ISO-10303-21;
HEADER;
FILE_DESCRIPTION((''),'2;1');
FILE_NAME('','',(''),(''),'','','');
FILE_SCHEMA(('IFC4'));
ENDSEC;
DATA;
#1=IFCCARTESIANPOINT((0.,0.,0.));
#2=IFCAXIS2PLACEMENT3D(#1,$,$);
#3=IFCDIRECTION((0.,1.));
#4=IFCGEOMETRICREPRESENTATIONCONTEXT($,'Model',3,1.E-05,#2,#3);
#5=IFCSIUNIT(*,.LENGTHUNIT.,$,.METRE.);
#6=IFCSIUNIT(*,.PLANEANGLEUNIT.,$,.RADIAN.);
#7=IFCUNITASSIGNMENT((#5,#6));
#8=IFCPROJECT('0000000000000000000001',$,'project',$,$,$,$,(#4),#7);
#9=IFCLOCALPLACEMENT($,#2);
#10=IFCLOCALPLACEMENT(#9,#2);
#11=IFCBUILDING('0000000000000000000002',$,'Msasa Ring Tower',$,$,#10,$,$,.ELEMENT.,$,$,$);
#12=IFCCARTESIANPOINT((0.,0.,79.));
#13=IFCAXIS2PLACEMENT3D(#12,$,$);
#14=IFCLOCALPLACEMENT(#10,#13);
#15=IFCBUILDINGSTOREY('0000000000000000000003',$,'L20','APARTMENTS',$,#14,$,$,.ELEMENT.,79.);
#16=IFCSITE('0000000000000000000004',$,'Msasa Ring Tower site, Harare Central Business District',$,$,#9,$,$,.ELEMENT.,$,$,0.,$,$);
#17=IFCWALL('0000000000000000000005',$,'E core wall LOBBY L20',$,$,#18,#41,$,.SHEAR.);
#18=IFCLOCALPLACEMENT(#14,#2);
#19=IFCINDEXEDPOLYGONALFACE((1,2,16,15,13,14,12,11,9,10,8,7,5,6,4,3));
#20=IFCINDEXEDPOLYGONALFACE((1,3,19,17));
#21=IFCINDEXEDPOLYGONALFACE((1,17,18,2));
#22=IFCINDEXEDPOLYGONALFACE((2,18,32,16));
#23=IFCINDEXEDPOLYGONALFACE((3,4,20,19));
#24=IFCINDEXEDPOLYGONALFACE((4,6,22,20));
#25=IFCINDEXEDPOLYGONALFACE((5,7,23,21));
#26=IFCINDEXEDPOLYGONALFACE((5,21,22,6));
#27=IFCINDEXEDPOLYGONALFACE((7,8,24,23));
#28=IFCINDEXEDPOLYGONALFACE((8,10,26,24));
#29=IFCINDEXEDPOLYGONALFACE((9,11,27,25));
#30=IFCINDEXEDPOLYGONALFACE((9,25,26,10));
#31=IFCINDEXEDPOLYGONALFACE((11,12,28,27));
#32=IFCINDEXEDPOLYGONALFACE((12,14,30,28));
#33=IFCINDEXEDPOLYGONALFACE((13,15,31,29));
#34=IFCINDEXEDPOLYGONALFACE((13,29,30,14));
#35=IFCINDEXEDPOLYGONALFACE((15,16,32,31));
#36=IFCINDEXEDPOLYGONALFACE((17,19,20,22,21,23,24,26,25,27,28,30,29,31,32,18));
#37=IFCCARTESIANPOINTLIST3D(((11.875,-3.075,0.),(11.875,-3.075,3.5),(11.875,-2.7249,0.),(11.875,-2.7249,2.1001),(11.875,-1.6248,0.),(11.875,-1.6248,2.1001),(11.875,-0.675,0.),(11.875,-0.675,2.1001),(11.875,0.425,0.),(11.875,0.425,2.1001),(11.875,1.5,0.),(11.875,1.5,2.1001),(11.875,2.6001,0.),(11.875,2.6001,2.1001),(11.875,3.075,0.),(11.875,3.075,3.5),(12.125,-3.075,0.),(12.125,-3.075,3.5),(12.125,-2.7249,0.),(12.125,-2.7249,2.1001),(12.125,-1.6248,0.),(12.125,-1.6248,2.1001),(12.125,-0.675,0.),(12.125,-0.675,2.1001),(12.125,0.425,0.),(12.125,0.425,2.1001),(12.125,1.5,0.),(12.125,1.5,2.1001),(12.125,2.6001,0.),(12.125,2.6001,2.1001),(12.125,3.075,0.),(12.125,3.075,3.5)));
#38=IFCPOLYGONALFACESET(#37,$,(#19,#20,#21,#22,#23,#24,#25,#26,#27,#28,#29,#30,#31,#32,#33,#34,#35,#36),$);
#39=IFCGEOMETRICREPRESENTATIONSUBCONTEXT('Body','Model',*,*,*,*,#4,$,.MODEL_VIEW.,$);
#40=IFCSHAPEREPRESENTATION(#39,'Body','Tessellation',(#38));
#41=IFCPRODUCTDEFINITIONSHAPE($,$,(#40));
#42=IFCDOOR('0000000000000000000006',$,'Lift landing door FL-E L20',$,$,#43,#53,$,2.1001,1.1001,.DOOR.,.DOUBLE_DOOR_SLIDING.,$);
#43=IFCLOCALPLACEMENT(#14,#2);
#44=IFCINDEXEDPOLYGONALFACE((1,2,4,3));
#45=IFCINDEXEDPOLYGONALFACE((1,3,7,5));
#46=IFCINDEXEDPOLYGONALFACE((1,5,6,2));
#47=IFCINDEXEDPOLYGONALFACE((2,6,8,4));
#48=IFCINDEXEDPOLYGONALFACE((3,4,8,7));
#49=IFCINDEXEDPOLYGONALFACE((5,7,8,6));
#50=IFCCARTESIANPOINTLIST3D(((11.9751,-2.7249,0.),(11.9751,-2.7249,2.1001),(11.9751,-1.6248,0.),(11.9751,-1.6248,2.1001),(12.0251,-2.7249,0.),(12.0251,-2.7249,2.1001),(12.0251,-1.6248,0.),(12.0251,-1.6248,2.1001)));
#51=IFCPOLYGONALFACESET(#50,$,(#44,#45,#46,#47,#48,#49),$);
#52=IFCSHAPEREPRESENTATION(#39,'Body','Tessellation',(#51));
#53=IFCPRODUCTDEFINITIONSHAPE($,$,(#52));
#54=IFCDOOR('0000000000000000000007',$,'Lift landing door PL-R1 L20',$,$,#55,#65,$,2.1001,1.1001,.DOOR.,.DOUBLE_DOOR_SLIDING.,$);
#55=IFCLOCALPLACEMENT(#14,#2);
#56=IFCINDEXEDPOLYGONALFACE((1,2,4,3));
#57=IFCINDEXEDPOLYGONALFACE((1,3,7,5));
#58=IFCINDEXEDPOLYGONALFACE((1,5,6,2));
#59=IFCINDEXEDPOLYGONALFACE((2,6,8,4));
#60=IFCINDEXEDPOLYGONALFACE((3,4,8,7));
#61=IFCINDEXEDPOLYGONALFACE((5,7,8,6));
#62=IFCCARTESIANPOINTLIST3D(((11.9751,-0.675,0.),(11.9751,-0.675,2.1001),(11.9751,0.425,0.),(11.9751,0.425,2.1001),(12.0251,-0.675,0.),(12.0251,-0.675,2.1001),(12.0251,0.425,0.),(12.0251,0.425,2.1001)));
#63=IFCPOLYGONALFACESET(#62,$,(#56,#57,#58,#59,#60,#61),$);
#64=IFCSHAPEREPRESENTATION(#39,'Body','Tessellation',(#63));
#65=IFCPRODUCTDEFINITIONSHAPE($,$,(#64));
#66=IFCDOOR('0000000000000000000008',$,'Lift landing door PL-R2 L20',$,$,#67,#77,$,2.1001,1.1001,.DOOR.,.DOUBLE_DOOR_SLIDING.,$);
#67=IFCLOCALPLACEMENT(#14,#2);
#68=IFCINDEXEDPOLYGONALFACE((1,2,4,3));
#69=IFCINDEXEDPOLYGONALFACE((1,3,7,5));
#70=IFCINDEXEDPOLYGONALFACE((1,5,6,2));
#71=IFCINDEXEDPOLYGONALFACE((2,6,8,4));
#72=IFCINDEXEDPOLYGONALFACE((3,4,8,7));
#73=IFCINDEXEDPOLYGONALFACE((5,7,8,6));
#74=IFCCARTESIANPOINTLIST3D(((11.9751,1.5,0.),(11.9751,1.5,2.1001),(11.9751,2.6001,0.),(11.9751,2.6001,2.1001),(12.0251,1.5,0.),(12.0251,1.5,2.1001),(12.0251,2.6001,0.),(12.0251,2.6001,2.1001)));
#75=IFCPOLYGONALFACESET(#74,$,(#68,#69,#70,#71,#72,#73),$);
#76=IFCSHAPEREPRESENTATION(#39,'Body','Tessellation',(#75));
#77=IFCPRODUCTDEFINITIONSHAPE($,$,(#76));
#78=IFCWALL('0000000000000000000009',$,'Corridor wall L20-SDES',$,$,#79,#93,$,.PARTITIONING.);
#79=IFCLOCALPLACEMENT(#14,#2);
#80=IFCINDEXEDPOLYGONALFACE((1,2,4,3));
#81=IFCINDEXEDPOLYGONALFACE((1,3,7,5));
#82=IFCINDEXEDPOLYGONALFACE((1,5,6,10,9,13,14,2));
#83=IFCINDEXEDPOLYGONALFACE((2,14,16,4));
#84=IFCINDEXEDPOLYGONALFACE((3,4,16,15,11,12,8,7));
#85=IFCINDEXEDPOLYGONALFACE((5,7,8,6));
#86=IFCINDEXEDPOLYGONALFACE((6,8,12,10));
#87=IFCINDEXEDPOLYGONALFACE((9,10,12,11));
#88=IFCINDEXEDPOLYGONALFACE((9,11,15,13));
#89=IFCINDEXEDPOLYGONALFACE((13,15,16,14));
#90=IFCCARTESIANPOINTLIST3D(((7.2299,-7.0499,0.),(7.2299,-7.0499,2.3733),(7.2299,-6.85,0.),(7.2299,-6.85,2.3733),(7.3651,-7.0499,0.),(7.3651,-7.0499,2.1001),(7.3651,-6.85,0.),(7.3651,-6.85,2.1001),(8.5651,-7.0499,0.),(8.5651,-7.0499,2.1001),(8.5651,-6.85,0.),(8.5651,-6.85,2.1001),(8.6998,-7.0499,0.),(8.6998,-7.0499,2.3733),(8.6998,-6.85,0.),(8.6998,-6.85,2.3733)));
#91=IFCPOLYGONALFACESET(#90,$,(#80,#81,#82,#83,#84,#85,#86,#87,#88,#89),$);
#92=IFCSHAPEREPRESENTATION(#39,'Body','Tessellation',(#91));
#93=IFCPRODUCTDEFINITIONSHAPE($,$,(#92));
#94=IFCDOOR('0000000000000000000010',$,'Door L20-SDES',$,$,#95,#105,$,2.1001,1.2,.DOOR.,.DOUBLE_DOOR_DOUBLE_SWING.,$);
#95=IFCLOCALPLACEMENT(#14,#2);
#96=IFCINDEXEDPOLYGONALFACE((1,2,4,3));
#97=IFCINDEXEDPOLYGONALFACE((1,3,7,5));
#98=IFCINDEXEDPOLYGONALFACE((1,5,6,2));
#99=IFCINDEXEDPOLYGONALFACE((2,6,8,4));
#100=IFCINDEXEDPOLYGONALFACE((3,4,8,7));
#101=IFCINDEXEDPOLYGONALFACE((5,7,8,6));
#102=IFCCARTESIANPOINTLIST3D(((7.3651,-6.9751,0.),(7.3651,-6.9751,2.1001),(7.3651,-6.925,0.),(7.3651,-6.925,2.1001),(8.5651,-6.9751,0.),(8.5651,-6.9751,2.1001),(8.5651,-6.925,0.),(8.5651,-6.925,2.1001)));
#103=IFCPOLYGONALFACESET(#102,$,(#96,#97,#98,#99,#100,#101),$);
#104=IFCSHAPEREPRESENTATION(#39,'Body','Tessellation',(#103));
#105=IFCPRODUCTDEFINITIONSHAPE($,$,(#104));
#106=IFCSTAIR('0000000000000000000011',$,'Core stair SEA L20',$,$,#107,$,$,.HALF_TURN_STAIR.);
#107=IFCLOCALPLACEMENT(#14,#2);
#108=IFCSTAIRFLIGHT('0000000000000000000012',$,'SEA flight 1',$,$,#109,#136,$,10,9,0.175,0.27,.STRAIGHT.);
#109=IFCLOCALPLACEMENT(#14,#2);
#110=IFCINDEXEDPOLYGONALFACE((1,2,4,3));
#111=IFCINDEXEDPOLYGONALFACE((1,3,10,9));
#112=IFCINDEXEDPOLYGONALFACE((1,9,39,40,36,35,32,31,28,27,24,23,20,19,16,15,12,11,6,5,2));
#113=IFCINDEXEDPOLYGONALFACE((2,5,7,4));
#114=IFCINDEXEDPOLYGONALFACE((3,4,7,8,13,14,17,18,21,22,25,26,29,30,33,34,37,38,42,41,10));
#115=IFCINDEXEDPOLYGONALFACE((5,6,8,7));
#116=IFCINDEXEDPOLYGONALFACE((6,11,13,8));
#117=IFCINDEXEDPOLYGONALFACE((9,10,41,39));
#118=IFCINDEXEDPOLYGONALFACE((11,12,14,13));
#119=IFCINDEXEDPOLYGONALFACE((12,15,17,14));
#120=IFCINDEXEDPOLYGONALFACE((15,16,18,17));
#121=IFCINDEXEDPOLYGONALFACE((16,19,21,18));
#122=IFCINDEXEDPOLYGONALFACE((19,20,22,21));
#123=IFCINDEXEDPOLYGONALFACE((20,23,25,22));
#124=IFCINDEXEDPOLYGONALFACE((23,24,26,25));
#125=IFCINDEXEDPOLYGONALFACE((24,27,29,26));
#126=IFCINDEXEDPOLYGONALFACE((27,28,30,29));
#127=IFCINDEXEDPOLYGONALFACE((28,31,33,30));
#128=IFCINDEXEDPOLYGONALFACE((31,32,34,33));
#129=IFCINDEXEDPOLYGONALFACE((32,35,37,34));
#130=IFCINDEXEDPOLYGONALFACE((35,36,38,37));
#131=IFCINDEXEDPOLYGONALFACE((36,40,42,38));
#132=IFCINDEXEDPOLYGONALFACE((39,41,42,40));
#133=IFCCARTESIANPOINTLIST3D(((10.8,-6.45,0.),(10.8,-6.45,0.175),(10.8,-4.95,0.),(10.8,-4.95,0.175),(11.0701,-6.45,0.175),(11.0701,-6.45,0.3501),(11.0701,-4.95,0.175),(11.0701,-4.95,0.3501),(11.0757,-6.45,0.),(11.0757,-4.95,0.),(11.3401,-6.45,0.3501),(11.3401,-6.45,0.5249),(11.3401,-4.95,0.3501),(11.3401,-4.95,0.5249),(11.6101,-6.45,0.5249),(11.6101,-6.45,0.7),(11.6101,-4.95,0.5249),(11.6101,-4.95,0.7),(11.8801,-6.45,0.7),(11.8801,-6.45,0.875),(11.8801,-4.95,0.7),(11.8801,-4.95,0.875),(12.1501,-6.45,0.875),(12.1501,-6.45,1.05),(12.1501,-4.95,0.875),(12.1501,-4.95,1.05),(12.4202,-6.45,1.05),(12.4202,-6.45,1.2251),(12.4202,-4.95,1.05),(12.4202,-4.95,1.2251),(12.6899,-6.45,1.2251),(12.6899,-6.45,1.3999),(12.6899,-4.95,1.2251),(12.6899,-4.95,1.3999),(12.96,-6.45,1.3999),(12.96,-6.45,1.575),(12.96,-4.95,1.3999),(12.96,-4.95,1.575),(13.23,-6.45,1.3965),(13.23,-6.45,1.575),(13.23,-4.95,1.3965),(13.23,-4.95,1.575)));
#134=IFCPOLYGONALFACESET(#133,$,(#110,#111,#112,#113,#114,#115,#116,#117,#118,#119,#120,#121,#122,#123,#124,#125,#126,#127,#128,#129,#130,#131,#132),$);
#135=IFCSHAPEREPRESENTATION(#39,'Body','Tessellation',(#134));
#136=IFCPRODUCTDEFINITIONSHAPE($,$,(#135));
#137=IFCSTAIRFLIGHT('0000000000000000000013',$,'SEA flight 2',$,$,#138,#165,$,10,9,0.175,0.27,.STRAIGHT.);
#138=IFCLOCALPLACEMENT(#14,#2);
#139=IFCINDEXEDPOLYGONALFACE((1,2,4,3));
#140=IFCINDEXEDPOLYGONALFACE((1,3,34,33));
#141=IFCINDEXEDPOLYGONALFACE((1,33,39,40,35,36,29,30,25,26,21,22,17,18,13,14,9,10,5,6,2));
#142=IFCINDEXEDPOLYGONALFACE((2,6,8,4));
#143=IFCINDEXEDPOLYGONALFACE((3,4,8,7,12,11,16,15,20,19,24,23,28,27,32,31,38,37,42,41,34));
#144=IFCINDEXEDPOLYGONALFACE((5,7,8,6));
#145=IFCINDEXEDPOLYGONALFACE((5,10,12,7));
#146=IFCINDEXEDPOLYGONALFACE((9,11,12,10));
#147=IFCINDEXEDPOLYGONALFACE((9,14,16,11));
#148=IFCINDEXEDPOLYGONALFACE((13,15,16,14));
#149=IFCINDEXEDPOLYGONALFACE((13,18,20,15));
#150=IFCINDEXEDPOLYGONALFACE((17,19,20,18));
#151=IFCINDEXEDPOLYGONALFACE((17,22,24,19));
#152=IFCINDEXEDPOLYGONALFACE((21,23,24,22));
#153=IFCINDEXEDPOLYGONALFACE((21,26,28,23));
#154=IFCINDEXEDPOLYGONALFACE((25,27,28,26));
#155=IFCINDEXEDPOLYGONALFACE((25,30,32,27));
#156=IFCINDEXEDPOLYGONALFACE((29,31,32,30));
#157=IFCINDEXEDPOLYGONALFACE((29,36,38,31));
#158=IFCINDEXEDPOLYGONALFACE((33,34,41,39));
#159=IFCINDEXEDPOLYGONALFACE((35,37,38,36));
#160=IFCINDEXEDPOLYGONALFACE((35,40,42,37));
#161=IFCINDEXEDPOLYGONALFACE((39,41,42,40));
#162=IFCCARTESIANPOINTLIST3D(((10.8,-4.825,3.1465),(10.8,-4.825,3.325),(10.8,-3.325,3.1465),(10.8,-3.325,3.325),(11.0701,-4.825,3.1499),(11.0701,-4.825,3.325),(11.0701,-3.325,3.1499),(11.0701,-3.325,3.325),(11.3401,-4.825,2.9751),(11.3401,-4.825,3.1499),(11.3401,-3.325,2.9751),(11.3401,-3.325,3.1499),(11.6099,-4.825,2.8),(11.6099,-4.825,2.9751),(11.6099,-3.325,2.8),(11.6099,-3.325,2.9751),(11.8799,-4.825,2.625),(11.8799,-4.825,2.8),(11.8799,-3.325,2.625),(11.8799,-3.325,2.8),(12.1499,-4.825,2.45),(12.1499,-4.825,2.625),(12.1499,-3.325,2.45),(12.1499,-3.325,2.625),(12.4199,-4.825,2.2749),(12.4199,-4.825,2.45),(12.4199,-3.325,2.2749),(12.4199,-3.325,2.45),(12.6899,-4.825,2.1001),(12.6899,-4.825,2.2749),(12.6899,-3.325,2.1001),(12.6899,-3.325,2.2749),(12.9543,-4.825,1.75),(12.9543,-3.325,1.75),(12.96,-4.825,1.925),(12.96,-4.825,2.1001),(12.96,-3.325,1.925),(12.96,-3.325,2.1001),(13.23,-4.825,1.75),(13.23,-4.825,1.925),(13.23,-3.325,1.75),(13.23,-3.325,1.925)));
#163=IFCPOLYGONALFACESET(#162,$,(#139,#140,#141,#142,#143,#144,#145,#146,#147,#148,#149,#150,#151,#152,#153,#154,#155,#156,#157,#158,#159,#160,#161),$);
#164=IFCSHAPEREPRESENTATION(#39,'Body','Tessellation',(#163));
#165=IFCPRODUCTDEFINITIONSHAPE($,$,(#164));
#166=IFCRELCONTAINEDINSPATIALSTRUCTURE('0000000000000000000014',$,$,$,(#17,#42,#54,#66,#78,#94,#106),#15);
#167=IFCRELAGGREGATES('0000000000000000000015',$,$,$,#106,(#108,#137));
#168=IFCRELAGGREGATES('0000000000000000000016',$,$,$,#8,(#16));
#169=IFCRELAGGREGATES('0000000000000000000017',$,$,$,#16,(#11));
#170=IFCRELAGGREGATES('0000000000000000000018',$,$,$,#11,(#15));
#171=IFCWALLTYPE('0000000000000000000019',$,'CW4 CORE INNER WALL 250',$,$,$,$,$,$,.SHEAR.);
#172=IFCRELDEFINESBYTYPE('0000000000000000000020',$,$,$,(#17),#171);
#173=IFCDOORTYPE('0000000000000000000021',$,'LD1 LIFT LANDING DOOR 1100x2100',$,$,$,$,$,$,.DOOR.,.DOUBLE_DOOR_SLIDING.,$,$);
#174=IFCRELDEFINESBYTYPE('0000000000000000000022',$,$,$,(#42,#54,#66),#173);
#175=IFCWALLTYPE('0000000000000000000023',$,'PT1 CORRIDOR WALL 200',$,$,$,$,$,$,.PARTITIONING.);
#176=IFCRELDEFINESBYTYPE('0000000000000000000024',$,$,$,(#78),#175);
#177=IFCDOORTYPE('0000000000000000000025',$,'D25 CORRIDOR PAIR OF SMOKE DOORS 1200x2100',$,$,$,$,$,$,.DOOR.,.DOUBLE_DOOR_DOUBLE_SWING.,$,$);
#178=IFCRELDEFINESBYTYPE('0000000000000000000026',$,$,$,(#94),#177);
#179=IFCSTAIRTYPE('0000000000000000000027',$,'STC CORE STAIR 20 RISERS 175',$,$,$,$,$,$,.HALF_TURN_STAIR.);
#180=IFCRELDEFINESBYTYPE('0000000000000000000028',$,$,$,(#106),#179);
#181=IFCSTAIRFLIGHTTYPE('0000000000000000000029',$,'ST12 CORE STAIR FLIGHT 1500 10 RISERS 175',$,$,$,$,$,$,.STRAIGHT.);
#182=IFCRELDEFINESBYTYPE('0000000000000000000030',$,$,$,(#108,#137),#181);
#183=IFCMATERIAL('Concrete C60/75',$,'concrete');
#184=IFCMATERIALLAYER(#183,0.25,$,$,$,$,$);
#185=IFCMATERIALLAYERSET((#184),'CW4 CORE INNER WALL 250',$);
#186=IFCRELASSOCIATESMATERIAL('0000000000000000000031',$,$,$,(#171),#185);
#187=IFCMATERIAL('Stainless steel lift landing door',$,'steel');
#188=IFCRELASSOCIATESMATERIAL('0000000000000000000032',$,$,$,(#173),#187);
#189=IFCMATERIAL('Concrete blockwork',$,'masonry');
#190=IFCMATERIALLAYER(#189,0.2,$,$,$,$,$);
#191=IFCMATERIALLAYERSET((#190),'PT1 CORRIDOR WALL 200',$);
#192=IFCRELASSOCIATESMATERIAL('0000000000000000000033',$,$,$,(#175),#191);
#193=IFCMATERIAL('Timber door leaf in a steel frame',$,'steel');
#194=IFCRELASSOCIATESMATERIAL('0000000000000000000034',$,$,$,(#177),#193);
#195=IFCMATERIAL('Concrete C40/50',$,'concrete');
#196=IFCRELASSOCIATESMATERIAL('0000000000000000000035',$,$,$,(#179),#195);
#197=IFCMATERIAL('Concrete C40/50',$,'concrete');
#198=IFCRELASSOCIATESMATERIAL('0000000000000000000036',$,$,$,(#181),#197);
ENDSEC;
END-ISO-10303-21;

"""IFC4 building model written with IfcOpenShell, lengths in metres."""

from ifc_helpers import new_model, si_unit, direction, frame, frame_2d, origin, place, context, subcontext, project, spatial, polyline, rectangle, outline, extrude, material, layer, layer_set, type_object, element, fill, aggregate, save


model = new_model("IFC4")

# Units and contexts
model_context = context("Model", 3, precision=1e-05, world=origin(), true_north=direction((0.0, 1.0)))
body_context = subcontext(model_context, "Body", "Model", "MODEL_VIEW")
ifc_project = project(units=[si_unit("LENGTHUNIT", "METRE"), si_unit("PLANEANGLEUNIT", "RADIAN")], contexts=[model_context])

# Site, building, storey
site_placement = place(None, origin())
site = spatial("IfcSite", under=ifc_project, at=site_placement, Name="Msasa Ring Tower site, Harare Central Business District", CompositionType="ELEMENT", RefElevation=0.0)
building_placement = place(site_placement, origin())
building = spatial("IfcBuilding", under=site, at=building_placement, Name="Msasa Ring Tower", CompositionType="ELEMENT")
storey_placement = place(building_placement, frame((0.0, 0.0, 79.0)))
storey = spatial("IfcBuildingStorey", under=building, at=storey_placement, Name="L20", Description="APARTMENTS", CompositionType="ELEMENT", Elevation=79.0)

# Shared definitions
ifc_material_1 = material(Name="Concrete C60/75", Category="concrete")
ifc_layer_1 = layer(ifc_material_1, 0.25)
ifc_layer_set_1 = layer_set([ifc_layer_1], Name="CW4 CORE INNER WALL 250")
wall_type_1 = type_object("IfcWallType", Name="CW4 CORE INNER WALL 250", PredefinedType="SHEAR", material=ifc_layer_set_1)

# Wall, openings, doors
wall_1_placement = place(storey_placement, frame((12.0, -3.075, 0.0), z_axis=(0.0, 0.0, 1.0), x_axis=(0.0, 1.0, 0.0)))
wall_1 = element("IfcWall", 1, at=wall_1_placement, inside=storey, type_object=wall_type_1, Name="E core wall LOBBY L20", PredefinedType="SHEAR", context=body_context, shape_type="SweptSolid", body=[
    extrude(rectangle(XDim=6.1499, YDim=0.25, at=frame_2d((3.075, 0.0))), origin(), (0.0, 0.0, 1.0), 3.5),
])
opening_1_placement = place(wall_1_placement, frame((0.3501, 0.0, 0.0)))
opening_1 = element("IfcOpeningElement", 2, at=opening_1_placement, cuts=wall_1, PredefinedType="OPENING", context=body_context, shape_type="SweptSolid", body=[
    extrude(rectangle(XDim=1.1001, YDim=2.1001, at=frame_2d((0.55, 1.05))), frame((0.0, 0.135, 0.0), z_axis=(0.0, -1.0, 0.0), x_axis=(1.0, 0.0, 0.0)), (0.0, 0.0, 1.0), 0.27),
])
opening_2_placement = place(wall_1_placement, frame((2.3999, 0.0, 0.0)))
opening_2 = element("IfcOpeningElement", 3, at=opening_2_placement, cuts=wall_1, PredefinedType="OPENING", context=body_context, shape_type="SweptSolid", body=[
    extrude(rectangle(XDim=1.1001, YDim=2.1001, at=frame_2d((0.55, 1.05))), frame((0.0, 0.135, 0.0), z_axis=(0.0, -1.0, 0.0), x_axis=(1.0, 0.0, 0.0)), (0.0, 0.0, 1.0), 0.27),
])
opening_3_placement = place(wall_1_placement, frame((4.575, 0.0, 0.0)))
opening_3 = element("IfcOpeningElement", 4, at=opening_3_placement, cuts=wall_1, PredefinedType="OPENING", context=body_context, shape_type="SweptSolid", body=[
    extrude(rectangle(XDim=1.1001, YDim=2.1001, at=frame_2d((0.55, 1.05))), frame((0.0, 0.135, 0.0), z_axis=(0.0, -1.0, 0.0), x_axis=(1.0, 0.0, 0.0)), (0.0, 0.0, 1.0), 0.27),
])
ifc_material_2 = material(Name="Stainless steel lift landing door", Category="steel")
door_type_1 = type_object("IfcDoorType", Name="LD1 LIFT LANDING DOOR 1100x2100", OperationType="DOUBLE_DOOR_SLIDING", PredefinedType="DOOR", material=ifc_material_2)
door_1_placement = place(opening_1_placement, origin())
door_1 = element("IfcDoor", 5, at=door_1_placement, inside=storey, type_object=door_type_1, Name="Lift landing door FL-E L20", OperationType="DOUBLE_DOOR_SLIDING", OverallHeight=2.1001, OverallWidth=1.1001, PredefinedType="DOOR", context=body_context, shape_type="SweptSolid", body=[
    extrude(rectangle(XDim=1.1001, YDim=2.1001, at=frame_2d((0.55, 1.05))), frame((0.0, 0.0249, 0.0), z_axis=(0.0, -1.0, 0.0), x_axis=(1.0, 0.0, 0.0)), (0.0, 0.0, 1.0), 0.05),
])
fill(opening_1, door_1)
door_2_placement = place(opening_2_placement, origin())
door_2 = element("IfcDoor", 6, at=door_2_placement, inside=storey, type_object=door_type_1, Name="Lift landing door PL-R1 L20", OperationType="DOUBLE_DOOR_SLIDING", OverallHeight=2.1001, OverallWidth=1.1001, PredefinedType="DOOR", context=body_context, shape_type="SweptSolid", body=[
    extrude(rectangle(XDim=1.1001, YDim=2.1001, at=frame_2d((0.55, 1.05))), frame((0.0, 0.0249, 0.0), z_axis=(0.0, -1.0, 0.0), x_axis=(1.0, 0.0, 0.0)), (0.0, 0.0, 1.0), 0.05),
])
fill(opening_2, door_2)
door_3_placement = place(opening_3_placement, origin())
door_3 = element("IfcDoor", 7, at=door_3_placement, inside=storey, type_object=door_type_1, Name="Lift landing door PL-R2 L20", OperationType="DOUBLE_DOOR_SLIDING", OverallHeight=2.1001, OverallWidth=1.1001, PredefinedType="DOOR", context=body_context, shape_type="SweptSolid", body=[
    extrude(rectangle(XDim=1.1001, YDim=2.1001, at=frame_2d((0.55, 1.05))), frame((0.0, 0.0249, 0.0), z_axis=(0.0, -1.0, 0.0), x_axis=(1.0, 0.0, 0.0)), (0.0, 0.0, 1.0), 0.05),
])
fill(opening_3, door_3)

# Wall, opening, door
ifc_material_3 = material(Name="Concrete blockwork", Category="masonry")
ifc_layer_2 = layer(ifc_material_3, 0.2)
ifc_layer_set_2 = layer_set([ifc_layer_2], Name="PT1 CORRIDOR WALL 200")
wall_type_2 = type_object("IfcWallType", Name="PT1 CORRIDOR WALL 200", PredefinedType="PARTITIONING", material=ifc_layer_set_2)
wall_2_placement = place(storey_placement, frame((7.23, -6.95, 0.0), z_axis=(0.0, 0.0, 1.0), x_axis=(1.0, 0.0, 0.0)))
wall_2 = element("IfcWall", 8, at=wall_2_placement, inside=storey, type_object=wall_type_2, Name="Corridor wall L20-SDES", PredefinedType="PARTITIONING", context=body_context, shape_type="SweptSolid", body=[
    extrude(rectangle(XDim=1.47, YDim=0.2, at=frame_2d((0.7349, 0.0))), origin(), (0.0, 0.0, 1.0), 2.3733),
])
opening_4_placement = place(wall_2_placement, frame((0.135, 0.0, 0.0)))
opening_4 = element("IfcOpeningElement", 9, at=opening_4_placement, cuts=wall_2, PredefinedType="OPENING", context=body_context, shape_type="SweptSolid", body=[
    extrude(rectangle(XDim=1.2, YDim=2.1001, at=frame_2d((0.6001, 1.05))), frame((0.0, 0.1099, 0.0), z_axis=(0.0, -1.0, 0.0), x_axis=(1.0, 0.0, 0.0)), (0.0, 0.0, 1.0), 0.22),
])
ifc_material_4 = material(Name="Timber door leaf in a steel frame", Category="steel")
door_type_2 = type_object("IfcDoorType", Name="D25 CORRIDOR PAIR OF SMOKE DOORS 1200x2100", OperationType="DOUBLE_DOOR_DOUBLE_SWING", PredefinedType="DOOR", material=ifc_material_4)
door_4_placement = place(opening_4_placement, origin())
door_4 = element("IfcDoor", 10, at=door_4_placement, inside=storey, type_object=door_type_2, Name="Door L20-SDES", OperationType="DOUBLE_DOOR_DOUBLE_SWING", OverallHeight=2.1001, OverallWidth=1.2, PredefinedType="DOOR", context=body_context, shape_type="SweptSolid", body=[
    extrude(rectangle(XDim=1.2, YDim=2.1001, at=frame_2d((0.6001, 1.05))), frame((0.0, 0.0249, 0.0), z_axis=(0.0, -1.0, 0.0), x_axis=(1.0, 0.0, 0.0)), (0.0, 0.0, 1.0), 0.05),
])
fill(opening_4, door_4)

# Stair, stair flights
ifc_material_5 = material(Name="Concrete C40/50", Category="concrete")
stair_type = type_object("IfcStairType", Name="STC CORE STAIR 20 RISERS 175", PredefinedType="HALF_TURN_STAIR", material=ifc_material_5)
stair_placement = place(storey_placement, origin())
stair = element("IfcStair", 11, at=stair_placement, inside=storey, type_object=stair_type, Name="Core stair SEA L20", PredefinedType="HALF_TURN_STAIR")
ifc_material_6 = material(Name="Concrete C40/50", Category="concrete")
stair_flight_type = type_object("IfcStairFlightType", Name="ST12 CORE STAIR FLIGHT 1500 10 RISERS 175", PredefinedType="STRAIGHT", material=ifc_material_6)
stair_flight_1_placement = place(storey_placement, frame((10.8, -5.7, 0.0), z_axis=(0.0, 0.0, 1.0), x_axis=(1.0, 0.0, 0.0)))
stair_flight_1 = element("IfcStairFlight", 12, at=stair_flight_1_placement, type_object=stair_flight_type, Name="SEA flight 1", NumberOfRisers=10, NumberOfTreads=9, PredefinedType="STRAIGHT", RiserHeight=0.175, TreadLength=0.27, context=body_context, shape_type="SweptSolid", body=[
    extrude(outline(polyline([(0.0, 0.0), (0.0, 0.175), (0.27, 0.175), (0.27, 0.3501), (0.54, 0.3501), (0.54, 0.5249), (0.8101, 0.5249), (0.8101, 0.7), (1.0801, 0.7), (1.0801, 0.875), (1.3501, 0.875), (1.3501, 1.05), (1.6201, 1.05), (1.6201, 1.2251), (1.8899, 1.2251), (1.8899, 1.3999), (2.1599, 1.3999), (2.1599, 1.575), (2.4299, 1.575), (2.4299, 1.75), (2.4299, 1.3965), (0.2756, 0.0), (0.0, 0.0)])), frame((0.0, 0.75, 0.0), z_axis=(0.0, -1.0, 0.0), x_axis=(1.0, 0.0, 0.0)), (0.0, 0.0, 1.0), 1.5),
])
stair_flight_2_placement = place(storey_placement, frame((13.23, -4.075, 1.75), z_axis=(0.0, 0.0, 1.0), x_axis=(-1.0, 0.0, 0.0)))
stair_flight_2 = element("IfcStairFlight", 13, at=stair_flight_2_placement, type_object=stair_flight_type, Name="SEA flight 2", NumberOfRisers=10, NumberOfTreads=9, PredefinedType="STRAIGHT", RiserHeight=0.175, TreadLength=0.27, context=body_context, shape_type="SweptSolid", body=[
    extrude(outline(polyline([(0.0, 0.0), (0.0, 0.175), (0.27, 0.175), (0.27, 0.3501), (0.54, 0.3501), (0.54, 0.5249), (0.8101, 0.5249), (0.8101, 0.7), (1.0801, 0.7), (1.0801, 0.875), (1.3501, 0.875), (1.3501, 1.05), (1.6201, 1.05), (1.6201, 1.2251), (1.8899, 1.2251), (1.8899, 1.3999), (2.1599, 1.3999), (2.1599, 1.575), (2.4299, 1.575), (2.4299, 1.75), (2.4299, 1.3965), (0.2756, 0.0), (0.0, 0.0)])), frame((0.0, 0.75, 0.0), z_axis=(0.0, -1.0, 0.0), x_axis=(1.0, 0.0, 0.0)), (0.0, 0.0, 1.0), 1.5),
])
aggregate(stair, [stair_flight_1, stair_flight_2])

save(model, "model.ifc")
